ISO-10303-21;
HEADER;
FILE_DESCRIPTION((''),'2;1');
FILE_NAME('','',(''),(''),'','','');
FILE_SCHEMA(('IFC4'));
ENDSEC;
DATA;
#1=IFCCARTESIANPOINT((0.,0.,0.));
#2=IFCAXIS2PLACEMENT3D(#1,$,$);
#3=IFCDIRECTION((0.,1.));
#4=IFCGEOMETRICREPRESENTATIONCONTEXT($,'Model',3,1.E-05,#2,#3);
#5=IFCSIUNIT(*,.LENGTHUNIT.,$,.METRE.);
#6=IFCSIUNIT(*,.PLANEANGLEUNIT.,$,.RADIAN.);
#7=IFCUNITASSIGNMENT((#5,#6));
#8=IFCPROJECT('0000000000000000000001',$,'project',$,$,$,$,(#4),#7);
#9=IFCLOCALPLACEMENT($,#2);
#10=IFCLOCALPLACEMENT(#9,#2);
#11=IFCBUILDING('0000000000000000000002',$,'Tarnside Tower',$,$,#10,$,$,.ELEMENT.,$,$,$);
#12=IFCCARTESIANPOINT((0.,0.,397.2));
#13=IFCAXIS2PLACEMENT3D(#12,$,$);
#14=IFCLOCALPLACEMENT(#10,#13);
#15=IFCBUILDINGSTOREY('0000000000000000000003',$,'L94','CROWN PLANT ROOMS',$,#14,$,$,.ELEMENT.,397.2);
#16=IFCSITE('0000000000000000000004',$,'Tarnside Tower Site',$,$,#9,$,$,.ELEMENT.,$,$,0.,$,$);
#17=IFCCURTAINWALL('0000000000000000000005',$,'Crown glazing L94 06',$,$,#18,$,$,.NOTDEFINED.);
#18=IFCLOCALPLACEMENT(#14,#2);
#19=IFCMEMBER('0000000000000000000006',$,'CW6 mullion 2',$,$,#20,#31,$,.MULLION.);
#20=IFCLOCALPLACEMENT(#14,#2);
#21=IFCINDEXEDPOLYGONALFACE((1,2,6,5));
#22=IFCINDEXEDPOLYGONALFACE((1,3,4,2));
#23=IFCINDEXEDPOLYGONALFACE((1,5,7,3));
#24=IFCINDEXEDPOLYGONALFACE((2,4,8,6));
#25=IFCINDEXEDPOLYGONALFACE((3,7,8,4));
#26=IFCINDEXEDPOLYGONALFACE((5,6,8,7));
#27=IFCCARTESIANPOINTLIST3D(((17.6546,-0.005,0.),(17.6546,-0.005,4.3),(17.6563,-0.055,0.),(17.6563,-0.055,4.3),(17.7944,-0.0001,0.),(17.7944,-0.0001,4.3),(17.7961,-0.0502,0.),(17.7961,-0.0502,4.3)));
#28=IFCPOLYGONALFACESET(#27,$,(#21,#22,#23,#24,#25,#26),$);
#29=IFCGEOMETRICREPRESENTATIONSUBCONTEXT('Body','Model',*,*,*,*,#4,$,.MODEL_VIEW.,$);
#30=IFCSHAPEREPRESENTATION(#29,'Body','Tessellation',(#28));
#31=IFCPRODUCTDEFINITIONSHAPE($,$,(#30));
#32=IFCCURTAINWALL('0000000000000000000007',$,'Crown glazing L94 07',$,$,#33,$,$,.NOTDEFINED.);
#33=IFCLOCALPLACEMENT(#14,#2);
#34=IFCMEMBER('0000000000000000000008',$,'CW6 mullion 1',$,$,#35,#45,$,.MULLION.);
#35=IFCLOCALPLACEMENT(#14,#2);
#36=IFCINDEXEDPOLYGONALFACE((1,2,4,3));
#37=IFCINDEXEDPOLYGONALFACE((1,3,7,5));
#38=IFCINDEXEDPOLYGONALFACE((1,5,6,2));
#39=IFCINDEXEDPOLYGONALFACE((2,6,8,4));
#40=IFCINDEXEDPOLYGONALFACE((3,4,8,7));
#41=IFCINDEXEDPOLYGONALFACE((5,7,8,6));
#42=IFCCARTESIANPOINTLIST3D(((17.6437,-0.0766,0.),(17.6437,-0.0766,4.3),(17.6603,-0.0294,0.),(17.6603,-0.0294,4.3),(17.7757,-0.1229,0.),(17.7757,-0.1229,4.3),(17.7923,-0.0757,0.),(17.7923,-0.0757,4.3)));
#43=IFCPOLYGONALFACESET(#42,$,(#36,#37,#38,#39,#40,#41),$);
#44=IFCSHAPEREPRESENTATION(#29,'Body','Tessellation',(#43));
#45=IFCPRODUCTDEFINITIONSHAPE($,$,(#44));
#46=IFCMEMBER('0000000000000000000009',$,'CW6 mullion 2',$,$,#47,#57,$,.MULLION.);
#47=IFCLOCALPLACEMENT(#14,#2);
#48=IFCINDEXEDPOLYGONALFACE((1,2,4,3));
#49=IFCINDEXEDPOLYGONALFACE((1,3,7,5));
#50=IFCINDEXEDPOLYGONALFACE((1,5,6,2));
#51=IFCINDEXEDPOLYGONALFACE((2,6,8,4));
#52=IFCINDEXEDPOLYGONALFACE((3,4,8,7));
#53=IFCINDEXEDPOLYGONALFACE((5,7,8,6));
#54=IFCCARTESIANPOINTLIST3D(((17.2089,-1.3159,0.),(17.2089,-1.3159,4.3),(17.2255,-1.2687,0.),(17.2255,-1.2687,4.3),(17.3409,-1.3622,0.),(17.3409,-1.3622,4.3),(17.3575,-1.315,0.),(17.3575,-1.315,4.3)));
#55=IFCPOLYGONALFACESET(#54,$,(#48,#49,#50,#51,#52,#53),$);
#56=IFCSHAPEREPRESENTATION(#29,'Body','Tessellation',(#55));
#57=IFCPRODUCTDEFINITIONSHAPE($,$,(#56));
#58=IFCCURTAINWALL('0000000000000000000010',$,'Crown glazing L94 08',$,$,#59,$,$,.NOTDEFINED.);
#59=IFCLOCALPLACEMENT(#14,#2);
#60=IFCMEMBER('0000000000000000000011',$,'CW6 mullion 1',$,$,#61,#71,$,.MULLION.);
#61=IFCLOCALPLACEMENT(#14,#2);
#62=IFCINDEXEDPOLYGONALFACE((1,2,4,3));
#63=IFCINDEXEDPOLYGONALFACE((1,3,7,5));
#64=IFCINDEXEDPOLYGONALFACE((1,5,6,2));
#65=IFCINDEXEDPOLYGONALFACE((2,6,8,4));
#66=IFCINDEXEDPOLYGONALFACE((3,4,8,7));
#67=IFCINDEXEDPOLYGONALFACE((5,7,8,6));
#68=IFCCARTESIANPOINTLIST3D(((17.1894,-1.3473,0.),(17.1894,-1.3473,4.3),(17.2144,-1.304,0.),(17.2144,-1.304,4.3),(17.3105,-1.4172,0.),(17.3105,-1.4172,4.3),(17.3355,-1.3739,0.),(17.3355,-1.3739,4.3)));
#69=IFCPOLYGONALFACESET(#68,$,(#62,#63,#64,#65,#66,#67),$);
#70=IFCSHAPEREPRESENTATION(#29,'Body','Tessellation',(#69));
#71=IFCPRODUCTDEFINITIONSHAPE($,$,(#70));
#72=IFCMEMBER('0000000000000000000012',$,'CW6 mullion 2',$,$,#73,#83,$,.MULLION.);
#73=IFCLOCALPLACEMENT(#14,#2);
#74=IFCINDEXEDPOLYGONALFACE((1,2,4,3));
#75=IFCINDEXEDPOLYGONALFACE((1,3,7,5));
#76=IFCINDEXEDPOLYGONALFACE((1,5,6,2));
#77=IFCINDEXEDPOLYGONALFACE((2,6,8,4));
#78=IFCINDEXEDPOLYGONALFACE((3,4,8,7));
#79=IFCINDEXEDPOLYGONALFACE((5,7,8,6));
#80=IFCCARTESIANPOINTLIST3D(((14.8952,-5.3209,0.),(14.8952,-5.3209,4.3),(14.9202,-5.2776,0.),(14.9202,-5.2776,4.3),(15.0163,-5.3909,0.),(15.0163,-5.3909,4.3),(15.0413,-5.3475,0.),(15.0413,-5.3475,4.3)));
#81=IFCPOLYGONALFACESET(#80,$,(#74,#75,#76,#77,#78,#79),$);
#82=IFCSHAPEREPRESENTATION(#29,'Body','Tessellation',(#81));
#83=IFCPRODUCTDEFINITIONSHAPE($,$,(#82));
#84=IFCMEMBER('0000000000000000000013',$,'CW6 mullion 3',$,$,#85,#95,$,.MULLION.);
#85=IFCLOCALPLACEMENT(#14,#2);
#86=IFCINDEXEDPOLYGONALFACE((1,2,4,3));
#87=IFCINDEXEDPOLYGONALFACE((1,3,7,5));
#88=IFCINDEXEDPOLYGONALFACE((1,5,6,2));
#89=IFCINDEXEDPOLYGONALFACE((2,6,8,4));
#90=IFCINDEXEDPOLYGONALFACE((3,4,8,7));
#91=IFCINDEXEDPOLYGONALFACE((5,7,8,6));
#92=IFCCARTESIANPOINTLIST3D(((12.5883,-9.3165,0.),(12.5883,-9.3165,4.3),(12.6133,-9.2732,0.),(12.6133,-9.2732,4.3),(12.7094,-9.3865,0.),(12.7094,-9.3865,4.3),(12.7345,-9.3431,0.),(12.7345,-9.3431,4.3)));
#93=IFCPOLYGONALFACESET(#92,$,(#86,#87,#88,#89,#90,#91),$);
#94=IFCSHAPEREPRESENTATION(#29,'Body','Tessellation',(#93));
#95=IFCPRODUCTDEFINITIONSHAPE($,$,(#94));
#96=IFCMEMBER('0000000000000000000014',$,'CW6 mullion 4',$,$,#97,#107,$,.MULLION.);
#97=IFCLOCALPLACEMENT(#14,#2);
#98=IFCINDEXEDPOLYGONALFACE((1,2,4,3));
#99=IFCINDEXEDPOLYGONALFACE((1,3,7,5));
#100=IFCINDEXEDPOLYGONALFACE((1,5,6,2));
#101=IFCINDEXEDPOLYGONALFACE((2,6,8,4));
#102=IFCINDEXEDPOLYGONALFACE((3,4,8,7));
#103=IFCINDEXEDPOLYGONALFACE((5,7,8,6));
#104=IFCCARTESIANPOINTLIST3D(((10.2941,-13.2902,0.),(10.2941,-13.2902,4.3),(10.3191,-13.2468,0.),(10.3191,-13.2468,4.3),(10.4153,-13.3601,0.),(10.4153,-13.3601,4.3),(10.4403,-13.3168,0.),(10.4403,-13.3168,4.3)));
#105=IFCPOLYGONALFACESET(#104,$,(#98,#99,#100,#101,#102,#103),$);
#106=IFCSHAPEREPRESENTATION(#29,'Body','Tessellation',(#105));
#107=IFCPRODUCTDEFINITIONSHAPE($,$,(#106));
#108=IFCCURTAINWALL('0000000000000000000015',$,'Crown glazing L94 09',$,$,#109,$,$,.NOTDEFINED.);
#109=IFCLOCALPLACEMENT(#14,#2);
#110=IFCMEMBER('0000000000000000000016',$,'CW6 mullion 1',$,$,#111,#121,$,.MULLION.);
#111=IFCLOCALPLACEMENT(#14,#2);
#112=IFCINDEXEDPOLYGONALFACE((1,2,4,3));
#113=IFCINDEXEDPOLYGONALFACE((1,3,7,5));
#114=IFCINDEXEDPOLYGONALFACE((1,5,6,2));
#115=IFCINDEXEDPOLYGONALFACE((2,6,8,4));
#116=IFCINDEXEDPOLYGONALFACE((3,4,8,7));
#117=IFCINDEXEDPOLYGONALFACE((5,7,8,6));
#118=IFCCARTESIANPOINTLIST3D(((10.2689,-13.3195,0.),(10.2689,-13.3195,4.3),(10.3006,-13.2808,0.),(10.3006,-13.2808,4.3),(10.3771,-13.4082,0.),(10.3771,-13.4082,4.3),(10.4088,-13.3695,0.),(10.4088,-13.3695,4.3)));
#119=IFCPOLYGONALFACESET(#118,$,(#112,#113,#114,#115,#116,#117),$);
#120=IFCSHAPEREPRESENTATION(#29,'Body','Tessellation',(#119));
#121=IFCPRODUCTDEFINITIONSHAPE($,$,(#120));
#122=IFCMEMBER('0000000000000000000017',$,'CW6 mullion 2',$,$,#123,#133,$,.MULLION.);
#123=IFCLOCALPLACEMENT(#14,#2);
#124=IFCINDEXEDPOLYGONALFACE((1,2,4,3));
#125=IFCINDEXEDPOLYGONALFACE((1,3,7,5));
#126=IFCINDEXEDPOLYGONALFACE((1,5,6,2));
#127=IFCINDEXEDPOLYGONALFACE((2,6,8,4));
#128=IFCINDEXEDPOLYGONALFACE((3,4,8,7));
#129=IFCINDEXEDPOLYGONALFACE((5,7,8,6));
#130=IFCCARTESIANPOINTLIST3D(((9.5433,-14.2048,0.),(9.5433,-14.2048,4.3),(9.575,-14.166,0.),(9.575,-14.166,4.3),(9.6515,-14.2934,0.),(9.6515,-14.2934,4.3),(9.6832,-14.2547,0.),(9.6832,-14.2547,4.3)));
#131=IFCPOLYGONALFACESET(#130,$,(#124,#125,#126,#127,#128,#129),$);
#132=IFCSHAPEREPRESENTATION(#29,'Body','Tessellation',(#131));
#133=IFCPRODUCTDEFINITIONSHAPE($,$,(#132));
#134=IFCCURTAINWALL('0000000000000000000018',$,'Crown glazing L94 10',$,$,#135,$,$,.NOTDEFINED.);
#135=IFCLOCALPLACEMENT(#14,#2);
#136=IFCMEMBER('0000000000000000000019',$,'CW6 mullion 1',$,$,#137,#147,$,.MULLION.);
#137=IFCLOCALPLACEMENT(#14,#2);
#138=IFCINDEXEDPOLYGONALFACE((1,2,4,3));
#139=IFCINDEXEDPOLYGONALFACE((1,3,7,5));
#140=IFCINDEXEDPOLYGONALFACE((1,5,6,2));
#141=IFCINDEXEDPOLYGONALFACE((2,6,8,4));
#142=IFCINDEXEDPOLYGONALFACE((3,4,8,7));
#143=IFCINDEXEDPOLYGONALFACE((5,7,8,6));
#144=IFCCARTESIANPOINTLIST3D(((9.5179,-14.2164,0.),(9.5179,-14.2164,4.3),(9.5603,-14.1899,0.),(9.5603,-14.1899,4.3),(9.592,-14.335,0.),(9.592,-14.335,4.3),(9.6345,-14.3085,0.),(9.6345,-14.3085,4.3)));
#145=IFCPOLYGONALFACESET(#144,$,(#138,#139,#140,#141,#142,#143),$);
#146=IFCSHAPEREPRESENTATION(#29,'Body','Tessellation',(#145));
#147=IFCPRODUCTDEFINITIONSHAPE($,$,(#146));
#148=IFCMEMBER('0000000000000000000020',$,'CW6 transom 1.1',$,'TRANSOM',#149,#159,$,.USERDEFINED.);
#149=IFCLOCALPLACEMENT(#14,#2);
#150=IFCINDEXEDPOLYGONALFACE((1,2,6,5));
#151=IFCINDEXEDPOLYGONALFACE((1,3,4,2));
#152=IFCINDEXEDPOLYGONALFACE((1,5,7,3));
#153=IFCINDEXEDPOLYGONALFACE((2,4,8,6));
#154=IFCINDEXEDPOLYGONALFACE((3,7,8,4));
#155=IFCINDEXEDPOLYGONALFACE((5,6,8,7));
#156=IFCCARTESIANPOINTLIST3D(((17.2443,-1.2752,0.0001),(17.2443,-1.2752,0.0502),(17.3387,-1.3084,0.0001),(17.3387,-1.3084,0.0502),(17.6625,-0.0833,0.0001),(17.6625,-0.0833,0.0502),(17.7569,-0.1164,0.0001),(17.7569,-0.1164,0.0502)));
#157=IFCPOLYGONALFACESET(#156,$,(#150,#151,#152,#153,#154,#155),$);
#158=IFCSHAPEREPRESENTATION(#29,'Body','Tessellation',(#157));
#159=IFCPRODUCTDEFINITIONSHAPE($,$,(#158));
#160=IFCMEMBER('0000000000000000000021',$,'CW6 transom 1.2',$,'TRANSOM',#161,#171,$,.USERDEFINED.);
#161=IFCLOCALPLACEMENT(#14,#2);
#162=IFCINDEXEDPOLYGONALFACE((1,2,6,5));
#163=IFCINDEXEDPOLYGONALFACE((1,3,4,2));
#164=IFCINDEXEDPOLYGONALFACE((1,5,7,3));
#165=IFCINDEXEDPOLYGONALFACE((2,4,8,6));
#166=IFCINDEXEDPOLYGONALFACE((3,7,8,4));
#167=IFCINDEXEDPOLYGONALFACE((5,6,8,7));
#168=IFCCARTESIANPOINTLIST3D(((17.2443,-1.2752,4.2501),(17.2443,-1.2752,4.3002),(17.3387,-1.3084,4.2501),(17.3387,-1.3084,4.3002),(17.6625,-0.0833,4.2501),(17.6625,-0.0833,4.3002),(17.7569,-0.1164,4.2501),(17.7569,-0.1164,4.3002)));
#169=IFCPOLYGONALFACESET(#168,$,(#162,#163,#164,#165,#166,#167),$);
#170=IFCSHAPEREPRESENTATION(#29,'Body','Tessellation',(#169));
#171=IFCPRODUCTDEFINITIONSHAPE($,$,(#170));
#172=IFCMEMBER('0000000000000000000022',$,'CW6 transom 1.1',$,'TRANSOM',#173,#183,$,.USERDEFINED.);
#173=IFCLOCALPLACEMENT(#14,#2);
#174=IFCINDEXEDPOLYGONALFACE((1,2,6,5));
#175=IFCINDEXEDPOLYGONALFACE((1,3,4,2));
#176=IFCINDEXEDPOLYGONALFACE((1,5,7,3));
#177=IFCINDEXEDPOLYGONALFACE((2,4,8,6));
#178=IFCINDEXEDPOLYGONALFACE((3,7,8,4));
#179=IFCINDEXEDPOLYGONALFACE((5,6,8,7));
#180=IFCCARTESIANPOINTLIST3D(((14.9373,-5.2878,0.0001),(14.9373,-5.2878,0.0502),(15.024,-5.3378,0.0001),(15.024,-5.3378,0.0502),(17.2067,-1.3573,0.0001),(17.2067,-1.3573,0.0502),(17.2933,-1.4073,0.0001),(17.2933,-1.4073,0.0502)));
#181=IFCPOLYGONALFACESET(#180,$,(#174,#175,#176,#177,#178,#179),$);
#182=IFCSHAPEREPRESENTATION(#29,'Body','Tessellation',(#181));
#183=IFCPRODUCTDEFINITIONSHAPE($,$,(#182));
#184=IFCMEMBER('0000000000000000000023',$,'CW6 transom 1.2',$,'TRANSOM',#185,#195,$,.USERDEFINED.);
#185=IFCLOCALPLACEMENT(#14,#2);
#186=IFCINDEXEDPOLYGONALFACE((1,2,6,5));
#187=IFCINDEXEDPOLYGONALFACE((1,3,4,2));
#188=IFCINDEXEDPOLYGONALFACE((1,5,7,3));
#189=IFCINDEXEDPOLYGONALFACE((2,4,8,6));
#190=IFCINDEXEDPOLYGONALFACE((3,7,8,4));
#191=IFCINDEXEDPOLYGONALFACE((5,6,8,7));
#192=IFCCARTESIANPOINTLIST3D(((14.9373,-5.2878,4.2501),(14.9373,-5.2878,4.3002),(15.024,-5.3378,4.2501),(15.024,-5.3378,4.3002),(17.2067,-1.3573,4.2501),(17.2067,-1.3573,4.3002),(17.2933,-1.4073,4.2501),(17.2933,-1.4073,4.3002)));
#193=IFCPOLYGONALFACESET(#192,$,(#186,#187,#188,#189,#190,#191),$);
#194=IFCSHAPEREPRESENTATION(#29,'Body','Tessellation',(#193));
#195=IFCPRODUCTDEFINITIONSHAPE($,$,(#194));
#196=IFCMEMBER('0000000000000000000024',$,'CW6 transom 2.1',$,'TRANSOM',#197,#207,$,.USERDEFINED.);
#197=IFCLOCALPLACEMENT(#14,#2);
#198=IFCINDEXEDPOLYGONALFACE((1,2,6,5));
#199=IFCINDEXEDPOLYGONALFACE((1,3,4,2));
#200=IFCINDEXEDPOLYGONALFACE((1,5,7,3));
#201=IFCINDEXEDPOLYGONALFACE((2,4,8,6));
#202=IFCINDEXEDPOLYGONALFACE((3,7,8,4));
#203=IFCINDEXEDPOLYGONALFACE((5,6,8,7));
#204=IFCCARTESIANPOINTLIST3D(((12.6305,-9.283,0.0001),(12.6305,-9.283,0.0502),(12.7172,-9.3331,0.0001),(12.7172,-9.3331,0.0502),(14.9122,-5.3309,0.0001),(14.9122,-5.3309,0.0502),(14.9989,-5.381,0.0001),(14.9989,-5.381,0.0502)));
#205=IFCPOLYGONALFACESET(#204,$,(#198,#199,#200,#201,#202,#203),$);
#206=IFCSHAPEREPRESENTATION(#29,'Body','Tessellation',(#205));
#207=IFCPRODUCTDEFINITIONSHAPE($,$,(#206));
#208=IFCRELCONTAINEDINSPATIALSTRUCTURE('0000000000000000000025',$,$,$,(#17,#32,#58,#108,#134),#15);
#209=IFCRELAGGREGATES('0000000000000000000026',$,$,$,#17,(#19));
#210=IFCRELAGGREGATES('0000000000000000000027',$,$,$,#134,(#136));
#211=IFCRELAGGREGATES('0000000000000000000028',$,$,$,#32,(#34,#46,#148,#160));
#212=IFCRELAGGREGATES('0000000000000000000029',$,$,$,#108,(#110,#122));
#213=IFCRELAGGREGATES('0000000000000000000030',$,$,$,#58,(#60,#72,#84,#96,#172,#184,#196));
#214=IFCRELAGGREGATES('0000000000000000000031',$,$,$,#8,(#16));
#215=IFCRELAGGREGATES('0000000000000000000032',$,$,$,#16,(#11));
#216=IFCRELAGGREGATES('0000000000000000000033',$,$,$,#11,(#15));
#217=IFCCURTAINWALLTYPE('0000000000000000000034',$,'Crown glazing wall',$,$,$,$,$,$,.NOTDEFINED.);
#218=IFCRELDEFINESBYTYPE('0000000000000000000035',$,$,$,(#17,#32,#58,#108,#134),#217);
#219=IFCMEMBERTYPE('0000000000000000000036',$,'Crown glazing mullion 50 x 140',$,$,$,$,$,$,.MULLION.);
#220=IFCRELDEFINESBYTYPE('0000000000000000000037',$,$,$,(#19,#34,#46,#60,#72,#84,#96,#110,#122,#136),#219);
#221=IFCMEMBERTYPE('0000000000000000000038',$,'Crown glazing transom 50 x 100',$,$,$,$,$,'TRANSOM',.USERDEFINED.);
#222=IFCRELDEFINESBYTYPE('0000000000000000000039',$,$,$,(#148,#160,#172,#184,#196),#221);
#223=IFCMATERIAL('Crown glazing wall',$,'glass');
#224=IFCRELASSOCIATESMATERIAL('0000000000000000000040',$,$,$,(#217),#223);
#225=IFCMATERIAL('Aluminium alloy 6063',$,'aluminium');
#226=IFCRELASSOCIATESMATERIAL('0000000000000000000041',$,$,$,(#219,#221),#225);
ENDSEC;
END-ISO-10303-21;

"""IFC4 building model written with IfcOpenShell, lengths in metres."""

from ifc_helpers import new_model, si_unit, direction, frame, origin, origin_2d, place, context, subcontext, project, spatial, rectangle, extrude, material, material_profile, profile_set, type_object, element, aggregate, save


model = new_model("IFC4")

# Units and contexts
model_context = context("Model", 3, precision=1e-05, world=origin(), true_north=direction((0.0, 1.0)))
body_context = subcontext(model_context, "Body", "Model", "MODEL_VIEW")
ifc_project = project(units=[si_unit("LENGTHUNIT", "METRE"), si_unit("PLANEANGLEUNIT", "RADIAN")], contexts=[model_context])

# Site, building, storey
site_placement = place(None, origin())
site = spatial("IfcSite", under=ifc_project, at=site_placement, Name="Tarnside Tower Site", CompositionType="ELEMENT", RefElevation=0.0)
building_placement = place(site_placement, origin())
building = spatial("IfcBuilding", under=site, at=building_placement, Name="Tarnside Tower", CompositionType="ELEMENT")
storey_placement = place(building_placement, frame((0.0, 0.0, 397.2)))
storey = spatial("IfcBuildingStorey", under=building, at=storey_placement, Name="L94", Description="CROWN PLANT ROOMS", CompositionType="ELEMENT", Elevation=397.2)

# Curtain wall, member
ifc_material_1 = material(Name="Crown glazing wall", Category="glass")
curtain_wall_type = type_object("IfcCurtainWallType", Name="Crown glazing wall", PredefinedType="NOTDEFINED", material=ifc_material_1)
curtain_wall_1_placement = place(storey_placement, origin())
curtain_wall_1 = element("IfcCurtainWall", 1, at=curtain_wall_1_placement, inside=storey, type_object=curtain_wall_type, Name="Crown glazing L94 06", PredefinedType="NOTDEFINED")
ifc_material_2 = material(Name="Aluminium alloy 6063", Category="aluminium")
ifc_material_profile_1 = material_profile(ifc_material_2, rectangle(XDim=0.1399, YDim=0.05, at=origin_2d()), Name="Crown glazing mullion 50 x 140")
ifc_profile_set_1 = profile_set([ifc_material_profile_1], Name="Aluminium alloy 6063")
member_type_1 = type_object("IfcMemberType", Name="Crown glazing mullion 50 x 140", PredefinedType="MULLION", material=ifc_profile_set_1)
member_1_placement = place(storey_placement, frame((17.7253, -0.0276, 0.0), z_axis=(0.0, 0.0, 1.0), x_axis=(0.999391, 0.034899, 0.0)))
member_1 = element("IfcMember", 2, at=member_1_placement, type_object=member_type_1, Name="CW6 mullion 2", PredefinedType="MULLION", context=body_context, shape_type="SweptSolid", body=[
    extrude(rectangle(XDim=0.1399, YDim=0.05, at=origin_2d()), origin(), (0.0, 0.0, 1.0), 4.3),
])
aggregate(curtain_wall_1, [member_1])

# Curtain walls, members
curtain_wall_2_placement = place(storey_placement, origin())
curtain_wall_2 = element("IfcCurtainWall", 3, at=curtain_wall_2_placement, inside=storey, type_object=curtain_wall_type, Name="Crown glazing L94 07", PredefinedType="NOTDEFINED")
member_2_placement = place(storey_placement, frame((17.718, -0.0762, 0.0), z_axis=(0.0, 0.0, 1.0), x_axis=(0.943609, -0.331063, 0.0)))
member_2 = element("IfcMember", 4, at=member_2_placement, type_object=member_type_1, Name="CW6 mullion 1", PredefinedType="MULLION", context=body_context, shape_type="SweptSolid", body=[
    extrude(rectangle(XDim=0.1399, YDim=0.05, at=origin_2d()), origin(), (0.0, 0.0, 1.0), 4.3),
])
member_3_placement = place(storey_placement, frame((17.2832, -1.3154, 0.0), z_axis=(0.0, 0.0, 1.0), x_axis=(0.943609, -0.331063, 0.0)))
member_3 = element("IfcMember", 5, at=member_3_placement, type_object=member_type_1, Name="CW6 mullion 2", PredefinedType="MULLION", context=body_context, shape_type="SweptSolid", body=[
    extrude(rectangle(XDim=0.1399, YDim=0.05, at=origin_2d()), origin(), (0.0, 0.0, 1.0), 4.3),
])
curtain_wall_3_placement = place(storey_placement, origin())
curtain_wall_3 = element("IfcCurtainWall", 6, at=curtain_wall_3_placement, inside=storey, type_object=curtain_wall_type, Name="Crown glazing L94 08", PredefinedType="NOTDEFINED")
member_4_placement = place(storey_placement, frame((17.2625, -1.3606, 0.0), z_axis=(0.0, 0.0, 1.0), x_axis=(0.866025, -0.5, 0.0)))
member_4 = element("IfcMember", 7, at=member_4_placement, type_object=member_type_1, Name="CW6 mullion 1", PredefinedType="MULLION", context=body_context, shape_type="SweptSolid", body=[
    extrude(rectangle(XDim=0.1399, YDim=0.05, at=origin_2d()), origin(), (0.0, 0.0, 1.0), 4.3),
])
member_5_placement = place(storey_placement, frame((14.9683, -5.3342, 0.0), z_axis=(0.0, 0.0, 1.0), x_axis=(0.866025, -0.5, 0.0)))
member_5 = element("IfcMember", 8, at=member_5_placement, type_object=member_type_1, Name="CW6 mullion 2", PredefinedType="MULLION", context=body_context, shape_type="SweptSolid", body=[
    extrude(rectangle(XDim=0.1399, YDim=0.05, at=origin_2d()), origin(), (0.0, 0.0, 1.0), 4.3),
])
member_6_placement = place(storey_placement, frame((12.6614, -9.3298, 0.0), z_axis=(0.0, 0.0, 1.0), x_axis=(0.866025, -0.5, 0.0)))
member_6 = element("IfcMember", 9, at=member_6_placement, type_object=member_type_1, Name="CW6 mullion 3", PredefinedType="MULLION", context=body_context, shape_type="SweptSolid", body=[
    extrude(rectangle(XDim=0.1399, YDim=0.05, at=origin_2d()), origin(), (0.0, 0.0, 1.0), 4.3),
])
member_7_placement = place(storey_placement, frame((10.3672, -13.3035, 0.0), z_axis=(0.0, 0.0, 1.0), x_axis=(0.866025, -0.5, 0.0)))
member_7 = element("IfcMember", 10, at=member_7_placement, type_object=member_type_1, Name="CW6 mullion 4", PredefinedType="MULLION", context=body_context, shape_type="SweptSolid", body=[
    extrude(rectangle(XDim=0.1399, YDim=0.05, at=origin_2d()), origin(), (0.0, 0.0, 1.0), 4.3),
])
curtain_wall_4_placement = place(storey_placement, origin())
curtain_wall_4 = element("IfcCurtainWall", 11, at=curtain_wall_4_placement, inside=storey, type_object=curtain_wall_type, Name="Crown glazing L94 09", PredefinedType="NOTDEFINED")
member_8_placement = place(storey_placement, frame((10.3389, -13.3445, 0.0), z_axis=(0.0, 0.0, 1.0), x_axis=(0.773472, -0.633831, 0.0)))
member_8 = element("IfcMember", 12, at=member_8_placement, type_object=member_type_1, Name="CW6 mullion 1", PredefinedType="MULLION", context=body_context, shape_type="SweptSolid", body=[
    extrude(rectangle(XDim=0.1399, YDim=0.05, at=origin_2d()), origin(), (0.0, 0.0, 1.0), 4.3),
])
member_9_placement = place(storey_placement, frame((9.6133, -14.2297, 0.0), z_axis=(0.0, 0.0, 1.0), x_axis=(0.773472, -0.633831, 0.0)))
member_9 = element("IfcMember", 13, at=member_9_placement, type_object=member_type_1, Name="CW6 mullion 2", PredefinedType="MULLION", context=body_context, shape_type="SweptSolid", body=[
    extrude(rectangle(XDim=0.1399, YDim=0.05, at=origin_2d()), origin(), (0.0, 0.0, 1.0), 4.3),
])

# Curtain wall, member
curtain_wall_5_placement = place(storey_placement, origin())
curtain_wall_5 = element("IfcCurtainWall", 14, at=curtain_wall_5_placement, inside=storey, type_object=curtain_wall_type, Name="Crown glazing L94 10", PredefinedType="NOTDEFINED")
member_10_placement = place(storey_placement, frame((9.5762, -14.2625, 0.0), z_axis=(0.0, 0.0, 1.0), x_axis=(0.529919, -0.848048, 0.0)))
member_10 = element("IfcMember", 15, at=member_10_placement, type_object=member_type_1, Name="CW6 mullion 1", PredefinedType="MULLION", context=body_context, shape_type="SweptSolid", body=[
    extrude(rectangle(XDim=0.1399, YDim=0.05, at=origin_2d()), origin(), (0.0, 0.0, 1.0), 4.3),
])

# Members
ifc_material_profile_2 = material_profile(ifc_material_2, rectangle(XDim=0.1001, YDim=0.05, at=origin_2d()), Name="Crown glazing transom 50 x 100")
ifc_profile_set_2 = profile_set([ifc_material_profile_2], Name="Aluminium alloy 6063")
member_type_2 = type_object("IfcMemberType", Name="Crown glazing transom 50 x 100", ElementType="TRANSOM", PredefinedType="USERDEFINED", material=ifc_profile_set_2)
member_11_placement = place(storey_placement, frame((17.7097, -0.0999, 0.0251), z_axis=(-0.331091, -0.943599, 0.0), x_axis=(0.943599, -0.331091, 0.0)))
member_11 = element("IfcMember", 16, at=member_11_placement, type_object=member_type_2, Name="CW6 transom 1.1", ObjectType="TRANSOM", PredefinedType="USERDEFINED", context=body_context, shape_type="SweptSolid", body=[
    extrude(rectangle(XDim=0.1001, YDim=0.05, at=origin_2d()), origin(), (0.0, 0.0, 1.0), 1.2632),
])
member_12_placement = place(storey_placement, frame((17.7097, -0.0999, 4.2751), z_axis=(-0.331091, -0.943599, 0.0), x_axis=(0.943599, -0.331091, 0.0)))
member_12 = element("IfcMember", 17, at=member_12_placement, type_object=member_type_2, Name="CW6 transom 1.2", ObjectType="TRANSOM", PredefinedType="USERDEFINED", context=body_context, shape_type="SweptSolid", body=[
    extrude(rectangle(XDim=0.1001, YDim=0.05, at=origin_2d()), origin(), (0.0, 0.0, 1.0), 1.2632),
])
member_13_placement = place(storey_placement, frame((17.25, -1.3823, 0.0251), z_axis=(-0.50001, -0.86602, 0.0), x_axis=(0.86602, -0.50001, 0.0)))
member_13 = element("IfcMember", 18, at=member_13_placement, type_object=member_type_2, Name="CW6 transom 1.1", ObjectType="TRANSOM", PredefinedType="USERDEFINED", context=body_context, shape_type="SweptSolid", body=[
    extrude(rectangle(XDim=0.1001, YDim=0.05, at=origin_2d()), origin(), (0.0, 0.0, 1.0), 4.5386),
])
member_14_placement = place(storey_placement, frame((17.25, -1.3823, 4.2751), z_axis=(-0.50001, -0.86602, 0.0), x_axis=(0.86602, -0.50001, 0.0)))
member_14 = element("IfcMember", 19, at=member_14_placement, type_object=member_type_2, Name="CW6 transom 1.2", ObjectType="TRANSOM", PredefinedType="USERDEFINED", context=body_context, shape_type="SweptSolid", body=[
    extrude(rectangle(XDim=0.1001, YDim=0.05, at=origin_2d()), origin(), (0.0, 0.0, 1.0), 4.5386),
])
member_15_placement = place(storey_placement, frame((14.9556, -5.356, 0.0251), z_axis=(-0.499994, -0.866029, 0.0), x_axis=(0.866029, -0.499994, 0.0)))
member_15 = element("IfcMember", 20, at=member_15_placement, type_object=member_type_2, Name="CW6 transom 2.1", ObjectType="TRANSOM", PredefinedType="USERDEFINED", context=body_context, shape_type="SweptSolid", body=[
    extrude(rectangle(XDim=0.1001, YDim=0.05, at=origin_2d()), origin(), (0.0, 0.0, 1.0), 4.5635),
])
aggregate(curtain_wall_5, [member_10])

aggregate(curtain_wall_2, [member_2, member_3, member_11, member_12])
aggregate(curtain_wall_4, [member_8, member_9])
aggregate(curtain_wall_3, [member_4, member_5, member_6, member_7, member_13, member_14, member_15])

save(model, "model.ifc")
